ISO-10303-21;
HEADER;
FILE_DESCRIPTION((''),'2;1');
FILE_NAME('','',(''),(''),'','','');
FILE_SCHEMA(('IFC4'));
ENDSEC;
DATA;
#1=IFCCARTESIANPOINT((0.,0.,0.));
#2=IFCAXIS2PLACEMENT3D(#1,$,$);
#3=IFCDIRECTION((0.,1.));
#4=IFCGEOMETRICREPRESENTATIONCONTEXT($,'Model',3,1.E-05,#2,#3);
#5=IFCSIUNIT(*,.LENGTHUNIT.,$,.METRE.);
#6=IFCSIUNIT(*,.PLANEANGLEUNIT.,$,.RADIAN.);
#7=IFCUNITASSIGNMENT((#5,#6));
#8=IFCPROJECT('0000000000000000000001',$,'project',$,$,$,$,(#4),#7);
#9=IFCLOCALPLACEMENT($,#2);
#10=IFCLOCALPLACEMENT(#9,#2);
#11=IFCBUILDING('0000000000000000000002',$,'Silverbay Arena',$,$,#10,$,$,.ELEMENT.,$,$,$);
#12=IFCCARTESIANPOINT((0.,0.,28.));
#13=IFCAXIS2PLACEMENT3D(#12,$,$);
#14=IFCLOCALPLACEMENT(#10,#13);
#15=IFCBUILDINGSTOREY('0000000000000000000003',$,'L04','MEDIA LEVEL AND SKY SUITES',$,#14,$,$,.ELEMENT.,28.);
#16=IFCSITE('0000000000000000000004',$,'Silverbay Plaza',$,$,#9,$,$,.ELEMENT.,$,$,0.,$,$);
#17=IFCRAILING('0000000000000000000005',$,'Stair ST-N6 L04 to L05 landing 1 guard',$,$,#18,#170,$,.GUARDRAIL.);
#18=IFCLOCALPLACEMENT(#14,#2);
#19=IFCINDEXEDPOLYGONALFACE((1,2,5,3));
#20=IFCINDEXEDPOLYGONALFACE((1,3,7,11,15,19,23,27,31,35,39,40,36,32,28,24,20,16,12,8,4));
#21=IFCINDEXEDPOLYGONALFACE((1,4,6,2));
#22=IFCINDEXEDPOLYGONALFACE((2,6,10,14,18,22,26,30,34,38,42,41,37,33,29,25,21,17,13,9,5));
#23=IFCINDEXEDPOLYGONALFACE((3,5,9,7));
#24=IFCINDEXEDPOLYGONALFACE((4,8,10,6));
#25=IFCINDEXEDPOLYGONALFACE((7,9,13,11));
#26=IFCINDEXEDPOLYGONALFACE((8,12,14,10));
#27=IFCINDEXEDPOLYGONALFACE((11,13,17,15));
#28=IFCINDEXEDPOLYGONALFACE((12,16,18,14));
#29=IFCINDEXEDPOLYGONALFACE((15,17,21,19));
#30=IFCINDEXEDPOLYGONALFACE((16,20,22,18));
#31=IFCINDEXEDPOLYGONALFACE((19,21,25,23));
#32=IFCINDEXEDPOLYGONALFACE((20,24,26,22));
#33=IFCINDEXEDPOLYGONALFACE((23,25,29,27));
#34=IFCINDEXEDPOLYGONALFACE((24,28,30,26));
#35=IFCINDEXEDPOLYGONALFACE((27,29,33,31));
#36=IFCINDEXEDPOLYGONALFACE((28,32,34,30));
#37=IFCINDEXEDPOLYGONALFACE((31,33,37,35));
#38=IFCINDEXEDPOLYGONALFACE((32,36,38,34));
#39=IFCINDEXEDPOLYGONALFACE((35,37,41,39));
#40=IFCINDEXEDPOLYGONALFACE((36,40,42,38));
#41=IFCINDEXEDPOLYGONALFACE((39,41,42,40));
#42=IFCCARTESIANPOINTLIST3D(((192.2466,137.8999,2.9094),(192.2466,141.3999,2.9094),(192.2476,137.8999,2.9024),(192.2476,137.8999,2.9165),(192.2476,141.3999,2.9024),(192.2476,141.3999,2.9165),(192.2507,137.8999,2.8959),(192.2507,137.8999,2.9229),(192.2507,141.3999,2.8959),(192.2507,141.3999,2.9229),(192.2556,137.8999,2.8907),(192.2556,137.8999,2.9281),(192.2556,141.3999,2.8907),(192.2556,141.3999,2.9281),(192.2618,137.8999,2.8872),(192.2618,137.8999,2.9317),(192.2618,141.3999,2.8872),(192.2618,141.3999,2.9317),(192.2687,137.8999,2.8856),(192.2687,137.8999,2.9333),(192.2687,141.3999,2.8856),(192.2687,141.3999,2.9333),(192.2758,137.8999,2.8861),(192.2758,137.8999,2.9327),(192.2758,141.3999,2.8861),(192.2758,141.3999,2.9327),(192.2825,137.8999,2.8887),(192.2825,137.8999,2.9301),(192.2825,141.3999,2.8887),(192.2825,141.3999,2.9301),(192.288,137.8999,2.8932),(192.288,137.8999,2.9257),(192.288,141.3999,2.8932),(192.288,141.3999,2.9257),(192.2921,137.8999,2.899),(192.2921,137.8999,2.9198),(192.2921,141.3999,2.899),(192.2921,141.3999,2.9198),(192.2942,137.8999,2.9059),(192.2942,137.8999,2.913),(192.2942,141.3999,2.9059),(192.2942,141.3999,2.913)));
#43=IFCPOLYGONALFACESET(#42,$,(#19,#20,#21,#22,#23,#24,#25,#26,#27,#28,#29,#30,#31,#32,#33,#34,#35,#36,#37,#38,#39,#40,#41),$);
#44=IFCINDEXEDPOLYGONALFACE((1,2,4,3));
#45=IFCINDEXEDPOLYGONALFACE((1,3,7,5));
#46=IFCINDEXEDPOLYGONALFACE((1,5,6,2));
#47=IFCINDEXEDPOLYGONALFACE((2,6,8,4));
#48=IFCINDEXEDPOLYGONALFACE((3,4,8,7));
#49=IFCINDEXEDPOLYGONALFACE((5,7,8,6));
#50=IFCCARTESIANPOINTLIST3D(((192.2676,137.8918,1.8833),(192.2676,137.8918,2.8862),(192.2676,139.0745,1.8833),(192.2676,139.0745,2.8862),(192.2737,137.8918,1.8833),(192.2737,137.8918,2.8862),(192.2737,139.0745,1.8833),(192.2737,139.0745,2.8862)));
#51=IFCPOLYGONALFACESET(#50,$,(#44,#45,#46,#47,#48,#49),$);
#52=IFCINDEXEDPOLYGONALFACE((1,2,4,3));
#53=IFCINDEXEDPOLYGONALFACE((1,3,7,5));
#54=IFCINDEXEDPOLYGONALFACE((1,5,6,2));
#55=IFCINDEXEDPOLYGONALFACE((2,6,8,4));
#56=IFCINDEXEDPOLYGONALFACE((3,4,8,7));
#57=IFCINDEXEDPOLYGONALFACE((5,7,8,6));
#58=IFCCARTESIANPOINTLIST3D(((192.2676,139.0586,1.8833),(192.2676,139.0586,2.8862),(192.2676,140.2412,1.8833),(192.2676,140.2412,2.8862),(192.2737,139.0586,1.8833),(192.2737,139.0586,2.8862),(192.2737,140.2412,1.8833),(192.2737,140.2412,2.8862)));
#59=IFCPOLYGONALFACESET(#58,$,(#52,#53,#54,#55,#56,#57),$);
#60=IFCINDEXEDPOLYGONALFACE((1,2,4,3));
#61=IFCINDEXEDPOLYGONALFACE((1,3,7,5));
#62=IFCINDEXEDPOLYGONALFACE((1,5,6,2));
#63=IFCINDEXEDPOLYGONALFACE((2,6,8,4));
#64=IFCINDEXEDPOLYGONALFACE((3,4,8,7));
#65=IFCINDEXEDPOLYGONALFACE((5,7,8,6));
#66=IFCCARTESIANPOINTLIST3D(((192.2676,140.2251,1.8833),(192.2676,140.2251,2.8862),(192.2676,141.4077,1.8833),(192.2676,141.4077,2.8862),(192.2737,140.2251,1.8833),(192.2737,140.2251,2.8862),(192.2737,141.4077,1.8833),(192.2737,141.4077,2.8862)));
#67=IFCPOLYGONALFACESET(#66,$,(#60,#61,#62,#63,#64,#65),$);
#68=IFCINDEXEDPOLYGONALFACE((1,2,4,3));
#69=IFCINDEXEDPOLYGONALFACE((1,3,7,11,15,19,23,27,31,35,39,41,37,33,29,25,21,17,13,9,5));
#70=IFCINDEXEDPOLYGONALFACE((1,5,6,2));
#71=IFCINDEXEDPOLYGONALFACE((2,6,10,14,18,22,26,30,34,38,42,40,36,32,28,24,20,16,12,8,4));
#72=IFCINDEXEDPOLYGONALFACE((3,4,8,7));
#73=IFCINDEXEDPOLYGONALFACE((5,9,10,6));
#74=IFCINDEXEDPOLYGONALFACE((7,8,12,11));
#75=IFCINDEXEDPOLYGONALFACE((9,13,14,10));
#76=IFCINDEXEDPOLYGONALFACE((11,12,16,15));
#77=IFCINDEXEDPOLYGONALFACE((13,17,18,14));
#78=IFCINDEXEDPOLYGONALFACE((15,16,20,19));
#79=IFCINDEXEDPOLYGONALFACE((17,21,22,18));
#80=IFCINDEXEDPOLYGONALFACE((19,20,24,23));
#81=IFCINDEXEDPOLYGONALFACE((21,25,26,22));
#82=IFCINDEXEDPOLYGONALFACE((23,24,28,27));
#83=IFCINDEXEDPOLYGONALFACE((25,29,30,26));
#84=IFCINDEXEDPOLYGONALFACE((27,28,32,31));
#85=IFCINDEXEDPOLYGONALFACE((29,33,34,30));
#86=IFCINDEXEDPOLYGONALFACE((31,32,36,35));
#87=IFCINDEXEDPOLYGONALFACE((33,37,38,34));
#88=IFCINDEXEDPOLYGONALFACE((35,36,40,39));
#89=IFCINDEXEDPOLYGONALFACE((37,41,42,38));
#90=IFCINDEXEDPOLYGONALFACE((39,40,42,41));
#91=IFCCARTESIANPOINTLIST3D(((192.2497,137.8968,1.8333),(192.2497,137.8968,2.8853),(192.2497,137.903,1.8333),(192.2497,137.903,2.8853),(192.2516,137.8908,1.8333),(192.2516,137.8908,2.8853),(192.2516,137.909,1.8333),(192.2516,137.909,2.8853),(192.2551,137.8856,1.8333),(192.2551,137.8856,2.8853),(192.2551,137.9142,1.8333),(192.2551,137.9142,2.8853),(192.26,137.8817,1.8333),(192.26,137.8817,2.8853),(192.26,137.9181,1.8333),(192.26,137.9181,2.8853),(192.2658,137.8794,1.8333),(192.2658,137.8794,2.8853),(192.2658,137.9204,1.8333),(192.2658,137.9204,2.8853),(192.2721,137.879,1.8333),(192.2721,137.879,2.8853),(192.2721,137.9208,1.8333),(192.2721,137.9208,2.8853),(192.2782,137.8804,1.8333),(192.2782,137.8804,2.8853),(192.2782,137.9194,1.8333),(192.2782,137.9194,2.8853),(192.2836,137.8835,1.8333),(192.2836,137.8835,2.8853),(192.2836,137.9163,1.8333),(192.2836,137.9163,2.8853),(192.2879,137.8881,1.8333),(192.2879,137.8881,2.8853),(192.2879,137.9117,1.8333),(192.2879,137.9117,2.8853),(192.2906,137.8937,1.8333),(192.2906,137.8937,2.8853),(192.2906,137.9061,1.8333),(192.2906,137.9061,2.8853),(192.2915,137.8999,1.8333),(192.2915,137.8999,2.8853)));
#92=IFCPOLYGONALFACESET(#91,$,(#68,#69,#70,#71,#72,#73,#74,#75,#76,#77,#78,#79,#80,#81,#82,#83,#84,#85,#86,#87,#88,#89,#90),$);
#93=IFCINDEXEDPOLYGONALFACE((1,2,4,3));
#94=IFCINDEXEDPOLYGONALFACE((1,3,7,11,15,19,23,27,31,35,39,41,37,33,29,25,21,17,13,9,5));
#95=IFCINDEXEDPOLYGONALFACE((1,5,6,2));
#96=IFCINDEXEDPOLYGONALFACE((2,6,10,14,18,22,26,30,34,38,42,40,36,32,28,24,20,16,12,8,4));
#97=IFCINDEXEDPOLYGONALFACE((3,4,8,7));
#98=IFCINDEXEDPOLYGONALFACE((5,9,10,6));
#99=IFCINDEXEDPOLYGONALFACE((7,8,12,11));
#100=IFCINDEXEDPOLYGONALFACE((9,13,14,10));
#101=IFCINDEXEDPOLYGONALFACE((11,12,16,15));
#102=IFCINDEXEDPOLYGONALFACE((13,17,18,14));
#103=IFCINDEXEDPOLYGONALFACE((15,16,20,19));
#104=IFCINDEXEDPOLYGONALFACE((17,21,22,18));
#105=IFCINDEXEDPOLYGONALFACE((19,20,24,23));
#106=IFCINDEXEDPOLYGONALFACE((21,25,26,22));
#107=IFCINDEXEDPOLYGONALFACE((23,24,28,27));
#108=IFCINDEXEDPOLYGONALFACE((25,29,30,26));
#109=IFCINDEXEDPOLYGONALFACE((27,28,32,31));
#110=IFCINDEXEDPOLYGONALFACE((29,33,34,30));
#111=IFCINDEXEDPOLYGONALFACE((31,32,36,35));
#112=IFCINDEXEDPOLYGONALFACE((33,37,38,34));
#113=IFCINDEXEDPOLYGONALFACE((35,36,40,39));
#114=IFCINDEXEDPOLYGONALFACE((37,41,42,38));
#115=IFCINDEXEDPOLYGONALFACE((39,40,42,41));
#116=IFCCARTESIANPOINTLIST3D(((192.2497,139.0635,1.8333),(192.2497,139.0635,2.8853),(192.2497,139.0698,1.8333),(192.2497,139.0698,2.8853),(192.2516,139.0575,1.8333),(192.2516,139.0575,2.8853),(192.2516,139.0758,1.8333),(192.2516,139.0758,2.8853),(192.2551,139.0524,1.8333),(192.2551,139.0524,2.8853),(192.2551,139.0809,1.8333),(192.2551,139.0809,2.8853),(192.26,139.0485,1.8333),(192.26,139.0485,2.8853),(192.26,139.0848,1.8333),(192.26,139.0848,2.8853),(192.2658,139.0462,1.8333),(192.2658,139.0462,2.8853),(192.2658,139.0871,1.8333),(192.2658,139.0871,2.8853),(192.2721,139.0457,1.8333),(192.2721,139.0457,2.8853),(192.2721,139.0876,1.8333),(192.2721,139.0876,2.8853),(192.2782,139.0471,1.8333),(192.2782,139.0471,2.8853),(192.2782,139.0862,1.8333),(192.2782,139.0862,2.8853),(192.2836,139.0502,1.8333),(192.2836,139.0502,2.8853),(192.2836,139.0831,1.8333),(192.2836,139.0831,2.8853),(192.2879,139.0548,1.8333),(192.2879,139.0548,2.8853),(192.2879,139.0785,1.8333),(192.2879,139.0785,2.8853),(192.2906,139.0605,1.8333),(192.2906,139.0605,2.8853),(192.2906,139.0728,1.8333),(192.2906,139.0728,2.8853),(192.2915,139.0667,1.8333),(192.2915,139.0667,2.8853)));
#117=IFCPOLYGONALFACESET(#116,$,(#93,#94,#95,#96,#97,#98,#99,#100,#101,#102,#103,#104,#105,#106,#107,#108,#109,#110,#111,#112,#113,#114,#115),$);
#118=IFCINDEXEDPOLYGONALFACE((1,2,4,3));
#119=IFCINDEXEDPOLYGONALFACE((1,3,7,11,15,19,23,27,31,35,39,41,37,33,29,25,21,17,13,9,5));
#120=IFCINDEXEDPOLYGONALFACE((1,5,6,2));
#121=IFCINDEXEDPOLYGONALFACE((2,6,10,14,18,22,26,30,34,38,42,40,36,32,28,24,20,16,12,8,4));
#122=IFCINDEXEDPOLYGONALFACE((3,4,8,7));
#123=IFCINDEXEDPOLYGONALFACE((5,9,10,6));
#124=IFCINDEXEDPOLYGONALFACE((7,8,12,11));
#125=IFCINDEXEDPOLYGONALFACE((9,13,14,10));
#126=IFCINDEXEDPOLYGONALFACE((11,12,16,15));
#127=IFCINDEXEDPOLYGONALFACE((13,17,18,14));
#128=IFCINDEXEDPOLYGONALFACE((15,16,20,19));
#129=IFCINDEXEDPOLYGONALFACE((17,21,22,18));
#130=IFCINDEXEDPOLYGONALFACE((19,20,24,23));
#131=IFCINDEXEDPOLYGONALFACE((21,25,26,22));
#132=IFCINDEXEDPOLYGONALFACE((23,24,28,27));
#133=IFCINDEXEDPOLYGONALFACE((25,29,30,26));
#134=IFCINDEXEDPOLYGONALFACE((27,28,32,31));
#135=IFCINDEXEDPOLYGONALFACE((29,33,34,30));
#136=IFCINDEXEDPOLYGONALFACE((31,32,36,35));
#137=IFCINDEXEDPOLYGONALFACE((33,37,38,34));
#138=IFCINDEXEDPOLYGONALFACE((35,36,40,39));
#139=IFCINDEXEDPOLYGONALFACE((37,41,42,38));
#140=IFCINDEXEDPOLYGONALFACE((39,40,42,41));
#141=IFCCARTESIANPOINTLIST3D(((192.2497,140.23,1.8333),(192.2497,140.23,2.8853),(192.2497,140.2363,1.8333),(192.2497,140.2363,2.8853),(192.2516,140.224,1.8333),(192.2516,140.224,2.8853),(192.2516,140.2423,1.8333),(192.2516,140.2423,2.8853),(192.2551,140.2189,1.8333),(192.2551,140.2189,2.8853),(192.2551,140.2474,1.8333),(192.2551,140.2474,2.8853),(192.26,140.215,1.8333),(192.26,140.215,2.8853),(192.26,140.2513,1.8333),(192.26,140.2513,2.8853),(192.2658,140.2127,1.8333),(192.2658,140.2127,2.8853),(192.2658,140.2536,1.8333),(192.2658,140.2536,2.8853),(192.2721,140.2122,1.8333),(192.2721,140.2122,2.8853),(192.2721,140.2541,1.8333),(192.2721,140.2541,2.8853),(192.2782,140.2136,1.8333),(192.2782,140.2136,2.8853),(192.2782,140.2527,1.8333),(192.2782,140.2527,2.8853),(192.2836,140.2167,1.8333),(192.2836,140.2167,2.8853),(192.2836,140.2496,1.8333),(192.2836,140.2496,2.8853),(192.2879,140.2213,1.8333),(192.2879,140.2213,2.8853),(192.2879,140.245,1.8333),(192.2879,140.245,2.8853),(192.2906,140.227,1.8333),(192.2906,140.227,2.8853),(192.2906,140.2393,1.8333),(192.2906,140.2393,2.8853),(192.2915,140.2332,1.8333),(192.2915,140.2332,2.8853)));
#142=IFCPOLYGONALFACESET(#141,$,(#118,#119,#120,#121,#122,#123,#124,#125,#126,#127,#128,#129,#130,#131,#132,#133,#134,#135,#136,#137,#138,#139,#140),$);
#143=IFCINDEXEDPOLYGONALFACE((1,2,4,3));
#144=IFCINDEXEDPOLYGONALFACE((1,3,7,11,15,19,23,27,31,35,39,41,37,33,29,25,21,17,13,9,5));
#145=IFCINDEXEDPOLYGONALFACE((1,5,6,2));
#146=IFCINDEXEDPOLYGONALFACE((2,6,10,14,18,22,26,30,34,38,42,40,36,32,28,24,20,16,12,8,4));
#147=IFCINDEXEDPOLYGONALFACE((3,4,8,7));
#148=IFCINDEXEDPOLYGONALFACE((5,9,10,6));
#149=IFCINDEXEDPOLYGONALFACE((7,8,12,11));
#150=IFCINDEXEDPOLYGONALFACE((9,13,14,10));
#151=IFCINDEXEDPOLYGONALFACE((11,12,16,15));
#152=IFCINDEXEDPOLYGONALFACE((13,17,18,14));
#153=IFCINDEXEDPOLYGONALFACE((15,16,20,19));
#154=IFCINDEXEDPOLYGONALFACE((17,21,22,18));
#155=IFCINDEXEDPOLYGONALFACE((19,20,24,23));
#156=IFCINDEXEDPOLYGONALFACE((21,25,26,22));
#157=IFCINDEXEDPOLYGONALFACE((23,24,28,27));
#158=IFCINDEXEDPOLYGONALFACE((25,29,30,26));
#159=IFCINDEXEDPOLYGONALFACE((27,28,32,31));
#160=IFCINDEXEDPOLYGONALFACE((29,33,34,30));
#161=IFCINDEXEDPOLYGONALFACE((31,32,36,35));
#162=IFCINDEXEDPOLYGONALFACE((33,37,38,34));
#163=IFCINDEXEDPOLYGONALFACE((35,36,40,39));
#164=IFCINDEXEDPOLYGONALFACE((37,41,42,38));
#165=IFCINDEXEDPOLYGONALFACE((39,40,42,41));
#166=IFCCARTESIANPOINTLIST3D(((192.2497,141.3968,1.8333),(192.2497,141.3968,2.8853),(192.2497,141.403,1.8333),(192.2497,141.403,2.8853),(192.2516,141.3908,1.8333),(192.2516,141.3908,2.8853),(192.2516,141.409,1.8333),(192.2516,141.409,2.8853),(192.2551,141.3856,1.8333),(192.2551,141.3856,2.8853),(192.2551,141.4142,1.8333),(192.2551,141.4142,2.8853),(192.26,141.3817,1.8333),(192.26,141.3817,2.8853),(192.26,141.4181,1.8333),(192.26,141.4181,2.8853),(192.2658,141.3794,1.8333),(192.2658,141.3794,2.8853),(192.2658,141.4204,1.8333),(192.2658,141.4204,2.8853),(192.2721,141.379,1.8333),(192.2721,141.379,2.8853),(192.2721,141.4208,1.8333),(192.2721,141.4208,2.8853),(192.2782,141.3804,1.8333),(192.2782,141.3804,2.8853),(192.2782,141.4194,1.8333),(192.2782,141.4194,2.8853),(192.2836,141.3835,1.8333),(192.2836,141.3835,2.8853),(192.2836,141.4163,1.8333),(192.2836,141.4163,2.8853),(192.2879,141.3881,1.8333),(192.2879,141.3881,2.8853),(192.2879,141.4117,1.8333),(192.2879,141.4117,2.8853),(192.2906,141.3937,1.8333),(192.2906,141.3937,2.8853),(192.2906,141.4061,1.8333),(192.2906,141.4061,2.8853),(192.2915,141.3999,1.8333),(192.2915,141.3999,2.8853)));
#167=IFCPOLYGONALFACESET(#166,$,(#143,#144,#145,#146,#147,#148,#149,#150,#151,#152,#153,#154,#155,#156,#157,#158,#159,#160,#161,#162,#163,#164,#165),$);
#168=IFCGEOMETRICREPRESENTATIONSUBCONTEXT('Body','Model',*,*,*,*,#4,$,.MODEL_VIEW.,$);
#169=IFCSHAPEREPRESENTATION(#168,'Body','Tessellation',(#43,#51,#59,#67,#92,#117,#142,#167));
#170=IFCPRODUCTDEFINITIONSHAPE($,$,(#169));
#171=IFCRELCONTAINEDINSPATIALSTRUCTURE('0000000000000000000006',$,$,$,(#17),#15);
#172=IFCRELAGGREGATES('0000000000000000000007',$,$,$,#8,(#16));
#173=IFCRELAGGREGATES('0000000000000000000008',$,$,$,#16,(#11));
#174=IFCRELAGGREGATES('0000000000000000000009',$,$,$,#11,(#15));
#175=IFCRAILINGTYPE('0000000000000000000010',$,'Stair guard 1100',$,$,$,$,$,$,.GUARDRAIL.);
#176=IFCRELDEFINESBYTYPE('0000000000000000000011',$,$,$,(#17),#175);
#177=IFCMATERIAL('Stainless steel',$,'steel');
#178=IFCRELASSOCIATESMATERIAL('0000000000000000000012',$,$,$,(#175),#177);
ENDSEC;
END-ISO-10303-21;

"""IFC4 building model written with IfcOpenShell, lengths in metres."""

from ifc_helpers import new_model, si_unit, direction, frame, origin, origin_2d, place, context, subcontext, project, spatial, polyline, circle, outline, extrude, material, type_object, element, save


model = new_model("IFC4")

# Units and contexts
model_context = context("Model", 3, precision=1e-05, world=origin(), true_north=direction((0.0, 1.0)))
body_context = subcontext(model_context, "Body", "Model", "MODEL_VIEW")
ifc_project = project(units=[si_unit("LENGTHUNIT", "METRE"), si_unit("PLANEANGLEUNIT", "RADIAN")], contexts=[model_context])

# Site, building, storey
site_placement = place(None, origin())
site = spatial("IfcSite", under=ifc_project, at=site_placement, Name="Silverbay Plaza", CompositionType="ELEMENT", RefElevation=0.0)
building_placement = place(site_placement, origin())
building = spatial("IfcBuilding", under=site, at=building_placement, Name="Silverbay Arena", CompositionType="ELEMENT")
storey_placement = place(building_placement, frame((0.0, 0.0, 28.0)))
storey = spatial("IfcBuildingStorey", under=building, at=storey_placement, Name="L04", Description="MEDIA LEVEL AND SKY SUITES", CompositionType="ELEMENT", Elevation=28.0)

# Railing
ifc_material_1 = material(Name="Stainless steel", Category="steel")
railing_type_1 = type_object("IfcRailingType", Name="Stair guard 1100", PredefinedType="GUARDRAIL", material=ifc_material_1)
for number, where, name in (
    (1, (192.2705, 137.8999, 1.8333), "Stair ST-N6 L04 to L05 landing 1 guard"),
):
    element("IfcRailing", number, at=place(storey_placement, frame(where)), inside=storey, type_object=railing_type_1, Name=name, PredefinedType="GUARDRAIL", context=body_context, shape_type="SweptSolid", body=[
        extrude(circle(Radius=0.0239, at=origin_2d()), frame((0.0, 0.0, 1.0762), z_axis=(0.0, 1.0, 0.0), x_axis=(-1.0, 0.0, 0.0)), (0.0, 0.0, 1.0), 3.5),
        extrude(outline(polyline([(-0.0081, 0.05), (1.1746, 0.05), (1.1746, 1.053), (-0.0081, 1.053), (-0.0081, 0.05)])), frame((-0.0029, 0.0, 0.0), z_axis=(1.0, 0.0, 0.0), x_axis=(0.0, 1.0, 0.0)), (0.0, 0.0, 1.0), 0.0061),
        extrude(outline(polyline([(-0.0081, 0.05), (1.1746, 0.05), (1.1746, 1.053), (-0.0081, 1.053), (-0.0081, 0.05)])), frame((-0.0029, 1.1667, 0.0), z_axis=(1.0, 0.0, 0.0), x_axis=(0.0, 1.0, 0.0)), (0.0, 0.0, 1.0), 0.0061),
        extrude(outline(polyline([(-0.0081, 0.05), (1.1746, 0.05), (1.1746, 1.053), (-0.0081, 1.053), (-0.0081, 0.05)])), frame((-0.0029, 2.3333, 0.0), z_axis=(1.0, 0.0, 0.0), x_axis=(0.0, 1.0, 0.0)), (0.0, 0.0, 1.0), 0.0061),
        extrude(circle(Radius=0.021, at=origin_2d()), origin(), (0.0, 0.0, 1.0), 1.052),
        extrude(circle(Radius=0.021, at=origin_2d()), frame((0.0, 1.1667, 0.0)), (0.0, 0.0, 1.0), 1.052),
        extrude(circle(Radius=0.021, at=origin_2d()), frame((0.0, 2.3333, 0.0)), (0.0, 0.0, 1.0), 1.052),
        extrude(circle(Radius=0.021, at=origin_2d()), frame((0.0, 3.5, 0.0)), (0.0, 0.0, 1.0), 1.052),
    ])

save(model, "model.ifc")
